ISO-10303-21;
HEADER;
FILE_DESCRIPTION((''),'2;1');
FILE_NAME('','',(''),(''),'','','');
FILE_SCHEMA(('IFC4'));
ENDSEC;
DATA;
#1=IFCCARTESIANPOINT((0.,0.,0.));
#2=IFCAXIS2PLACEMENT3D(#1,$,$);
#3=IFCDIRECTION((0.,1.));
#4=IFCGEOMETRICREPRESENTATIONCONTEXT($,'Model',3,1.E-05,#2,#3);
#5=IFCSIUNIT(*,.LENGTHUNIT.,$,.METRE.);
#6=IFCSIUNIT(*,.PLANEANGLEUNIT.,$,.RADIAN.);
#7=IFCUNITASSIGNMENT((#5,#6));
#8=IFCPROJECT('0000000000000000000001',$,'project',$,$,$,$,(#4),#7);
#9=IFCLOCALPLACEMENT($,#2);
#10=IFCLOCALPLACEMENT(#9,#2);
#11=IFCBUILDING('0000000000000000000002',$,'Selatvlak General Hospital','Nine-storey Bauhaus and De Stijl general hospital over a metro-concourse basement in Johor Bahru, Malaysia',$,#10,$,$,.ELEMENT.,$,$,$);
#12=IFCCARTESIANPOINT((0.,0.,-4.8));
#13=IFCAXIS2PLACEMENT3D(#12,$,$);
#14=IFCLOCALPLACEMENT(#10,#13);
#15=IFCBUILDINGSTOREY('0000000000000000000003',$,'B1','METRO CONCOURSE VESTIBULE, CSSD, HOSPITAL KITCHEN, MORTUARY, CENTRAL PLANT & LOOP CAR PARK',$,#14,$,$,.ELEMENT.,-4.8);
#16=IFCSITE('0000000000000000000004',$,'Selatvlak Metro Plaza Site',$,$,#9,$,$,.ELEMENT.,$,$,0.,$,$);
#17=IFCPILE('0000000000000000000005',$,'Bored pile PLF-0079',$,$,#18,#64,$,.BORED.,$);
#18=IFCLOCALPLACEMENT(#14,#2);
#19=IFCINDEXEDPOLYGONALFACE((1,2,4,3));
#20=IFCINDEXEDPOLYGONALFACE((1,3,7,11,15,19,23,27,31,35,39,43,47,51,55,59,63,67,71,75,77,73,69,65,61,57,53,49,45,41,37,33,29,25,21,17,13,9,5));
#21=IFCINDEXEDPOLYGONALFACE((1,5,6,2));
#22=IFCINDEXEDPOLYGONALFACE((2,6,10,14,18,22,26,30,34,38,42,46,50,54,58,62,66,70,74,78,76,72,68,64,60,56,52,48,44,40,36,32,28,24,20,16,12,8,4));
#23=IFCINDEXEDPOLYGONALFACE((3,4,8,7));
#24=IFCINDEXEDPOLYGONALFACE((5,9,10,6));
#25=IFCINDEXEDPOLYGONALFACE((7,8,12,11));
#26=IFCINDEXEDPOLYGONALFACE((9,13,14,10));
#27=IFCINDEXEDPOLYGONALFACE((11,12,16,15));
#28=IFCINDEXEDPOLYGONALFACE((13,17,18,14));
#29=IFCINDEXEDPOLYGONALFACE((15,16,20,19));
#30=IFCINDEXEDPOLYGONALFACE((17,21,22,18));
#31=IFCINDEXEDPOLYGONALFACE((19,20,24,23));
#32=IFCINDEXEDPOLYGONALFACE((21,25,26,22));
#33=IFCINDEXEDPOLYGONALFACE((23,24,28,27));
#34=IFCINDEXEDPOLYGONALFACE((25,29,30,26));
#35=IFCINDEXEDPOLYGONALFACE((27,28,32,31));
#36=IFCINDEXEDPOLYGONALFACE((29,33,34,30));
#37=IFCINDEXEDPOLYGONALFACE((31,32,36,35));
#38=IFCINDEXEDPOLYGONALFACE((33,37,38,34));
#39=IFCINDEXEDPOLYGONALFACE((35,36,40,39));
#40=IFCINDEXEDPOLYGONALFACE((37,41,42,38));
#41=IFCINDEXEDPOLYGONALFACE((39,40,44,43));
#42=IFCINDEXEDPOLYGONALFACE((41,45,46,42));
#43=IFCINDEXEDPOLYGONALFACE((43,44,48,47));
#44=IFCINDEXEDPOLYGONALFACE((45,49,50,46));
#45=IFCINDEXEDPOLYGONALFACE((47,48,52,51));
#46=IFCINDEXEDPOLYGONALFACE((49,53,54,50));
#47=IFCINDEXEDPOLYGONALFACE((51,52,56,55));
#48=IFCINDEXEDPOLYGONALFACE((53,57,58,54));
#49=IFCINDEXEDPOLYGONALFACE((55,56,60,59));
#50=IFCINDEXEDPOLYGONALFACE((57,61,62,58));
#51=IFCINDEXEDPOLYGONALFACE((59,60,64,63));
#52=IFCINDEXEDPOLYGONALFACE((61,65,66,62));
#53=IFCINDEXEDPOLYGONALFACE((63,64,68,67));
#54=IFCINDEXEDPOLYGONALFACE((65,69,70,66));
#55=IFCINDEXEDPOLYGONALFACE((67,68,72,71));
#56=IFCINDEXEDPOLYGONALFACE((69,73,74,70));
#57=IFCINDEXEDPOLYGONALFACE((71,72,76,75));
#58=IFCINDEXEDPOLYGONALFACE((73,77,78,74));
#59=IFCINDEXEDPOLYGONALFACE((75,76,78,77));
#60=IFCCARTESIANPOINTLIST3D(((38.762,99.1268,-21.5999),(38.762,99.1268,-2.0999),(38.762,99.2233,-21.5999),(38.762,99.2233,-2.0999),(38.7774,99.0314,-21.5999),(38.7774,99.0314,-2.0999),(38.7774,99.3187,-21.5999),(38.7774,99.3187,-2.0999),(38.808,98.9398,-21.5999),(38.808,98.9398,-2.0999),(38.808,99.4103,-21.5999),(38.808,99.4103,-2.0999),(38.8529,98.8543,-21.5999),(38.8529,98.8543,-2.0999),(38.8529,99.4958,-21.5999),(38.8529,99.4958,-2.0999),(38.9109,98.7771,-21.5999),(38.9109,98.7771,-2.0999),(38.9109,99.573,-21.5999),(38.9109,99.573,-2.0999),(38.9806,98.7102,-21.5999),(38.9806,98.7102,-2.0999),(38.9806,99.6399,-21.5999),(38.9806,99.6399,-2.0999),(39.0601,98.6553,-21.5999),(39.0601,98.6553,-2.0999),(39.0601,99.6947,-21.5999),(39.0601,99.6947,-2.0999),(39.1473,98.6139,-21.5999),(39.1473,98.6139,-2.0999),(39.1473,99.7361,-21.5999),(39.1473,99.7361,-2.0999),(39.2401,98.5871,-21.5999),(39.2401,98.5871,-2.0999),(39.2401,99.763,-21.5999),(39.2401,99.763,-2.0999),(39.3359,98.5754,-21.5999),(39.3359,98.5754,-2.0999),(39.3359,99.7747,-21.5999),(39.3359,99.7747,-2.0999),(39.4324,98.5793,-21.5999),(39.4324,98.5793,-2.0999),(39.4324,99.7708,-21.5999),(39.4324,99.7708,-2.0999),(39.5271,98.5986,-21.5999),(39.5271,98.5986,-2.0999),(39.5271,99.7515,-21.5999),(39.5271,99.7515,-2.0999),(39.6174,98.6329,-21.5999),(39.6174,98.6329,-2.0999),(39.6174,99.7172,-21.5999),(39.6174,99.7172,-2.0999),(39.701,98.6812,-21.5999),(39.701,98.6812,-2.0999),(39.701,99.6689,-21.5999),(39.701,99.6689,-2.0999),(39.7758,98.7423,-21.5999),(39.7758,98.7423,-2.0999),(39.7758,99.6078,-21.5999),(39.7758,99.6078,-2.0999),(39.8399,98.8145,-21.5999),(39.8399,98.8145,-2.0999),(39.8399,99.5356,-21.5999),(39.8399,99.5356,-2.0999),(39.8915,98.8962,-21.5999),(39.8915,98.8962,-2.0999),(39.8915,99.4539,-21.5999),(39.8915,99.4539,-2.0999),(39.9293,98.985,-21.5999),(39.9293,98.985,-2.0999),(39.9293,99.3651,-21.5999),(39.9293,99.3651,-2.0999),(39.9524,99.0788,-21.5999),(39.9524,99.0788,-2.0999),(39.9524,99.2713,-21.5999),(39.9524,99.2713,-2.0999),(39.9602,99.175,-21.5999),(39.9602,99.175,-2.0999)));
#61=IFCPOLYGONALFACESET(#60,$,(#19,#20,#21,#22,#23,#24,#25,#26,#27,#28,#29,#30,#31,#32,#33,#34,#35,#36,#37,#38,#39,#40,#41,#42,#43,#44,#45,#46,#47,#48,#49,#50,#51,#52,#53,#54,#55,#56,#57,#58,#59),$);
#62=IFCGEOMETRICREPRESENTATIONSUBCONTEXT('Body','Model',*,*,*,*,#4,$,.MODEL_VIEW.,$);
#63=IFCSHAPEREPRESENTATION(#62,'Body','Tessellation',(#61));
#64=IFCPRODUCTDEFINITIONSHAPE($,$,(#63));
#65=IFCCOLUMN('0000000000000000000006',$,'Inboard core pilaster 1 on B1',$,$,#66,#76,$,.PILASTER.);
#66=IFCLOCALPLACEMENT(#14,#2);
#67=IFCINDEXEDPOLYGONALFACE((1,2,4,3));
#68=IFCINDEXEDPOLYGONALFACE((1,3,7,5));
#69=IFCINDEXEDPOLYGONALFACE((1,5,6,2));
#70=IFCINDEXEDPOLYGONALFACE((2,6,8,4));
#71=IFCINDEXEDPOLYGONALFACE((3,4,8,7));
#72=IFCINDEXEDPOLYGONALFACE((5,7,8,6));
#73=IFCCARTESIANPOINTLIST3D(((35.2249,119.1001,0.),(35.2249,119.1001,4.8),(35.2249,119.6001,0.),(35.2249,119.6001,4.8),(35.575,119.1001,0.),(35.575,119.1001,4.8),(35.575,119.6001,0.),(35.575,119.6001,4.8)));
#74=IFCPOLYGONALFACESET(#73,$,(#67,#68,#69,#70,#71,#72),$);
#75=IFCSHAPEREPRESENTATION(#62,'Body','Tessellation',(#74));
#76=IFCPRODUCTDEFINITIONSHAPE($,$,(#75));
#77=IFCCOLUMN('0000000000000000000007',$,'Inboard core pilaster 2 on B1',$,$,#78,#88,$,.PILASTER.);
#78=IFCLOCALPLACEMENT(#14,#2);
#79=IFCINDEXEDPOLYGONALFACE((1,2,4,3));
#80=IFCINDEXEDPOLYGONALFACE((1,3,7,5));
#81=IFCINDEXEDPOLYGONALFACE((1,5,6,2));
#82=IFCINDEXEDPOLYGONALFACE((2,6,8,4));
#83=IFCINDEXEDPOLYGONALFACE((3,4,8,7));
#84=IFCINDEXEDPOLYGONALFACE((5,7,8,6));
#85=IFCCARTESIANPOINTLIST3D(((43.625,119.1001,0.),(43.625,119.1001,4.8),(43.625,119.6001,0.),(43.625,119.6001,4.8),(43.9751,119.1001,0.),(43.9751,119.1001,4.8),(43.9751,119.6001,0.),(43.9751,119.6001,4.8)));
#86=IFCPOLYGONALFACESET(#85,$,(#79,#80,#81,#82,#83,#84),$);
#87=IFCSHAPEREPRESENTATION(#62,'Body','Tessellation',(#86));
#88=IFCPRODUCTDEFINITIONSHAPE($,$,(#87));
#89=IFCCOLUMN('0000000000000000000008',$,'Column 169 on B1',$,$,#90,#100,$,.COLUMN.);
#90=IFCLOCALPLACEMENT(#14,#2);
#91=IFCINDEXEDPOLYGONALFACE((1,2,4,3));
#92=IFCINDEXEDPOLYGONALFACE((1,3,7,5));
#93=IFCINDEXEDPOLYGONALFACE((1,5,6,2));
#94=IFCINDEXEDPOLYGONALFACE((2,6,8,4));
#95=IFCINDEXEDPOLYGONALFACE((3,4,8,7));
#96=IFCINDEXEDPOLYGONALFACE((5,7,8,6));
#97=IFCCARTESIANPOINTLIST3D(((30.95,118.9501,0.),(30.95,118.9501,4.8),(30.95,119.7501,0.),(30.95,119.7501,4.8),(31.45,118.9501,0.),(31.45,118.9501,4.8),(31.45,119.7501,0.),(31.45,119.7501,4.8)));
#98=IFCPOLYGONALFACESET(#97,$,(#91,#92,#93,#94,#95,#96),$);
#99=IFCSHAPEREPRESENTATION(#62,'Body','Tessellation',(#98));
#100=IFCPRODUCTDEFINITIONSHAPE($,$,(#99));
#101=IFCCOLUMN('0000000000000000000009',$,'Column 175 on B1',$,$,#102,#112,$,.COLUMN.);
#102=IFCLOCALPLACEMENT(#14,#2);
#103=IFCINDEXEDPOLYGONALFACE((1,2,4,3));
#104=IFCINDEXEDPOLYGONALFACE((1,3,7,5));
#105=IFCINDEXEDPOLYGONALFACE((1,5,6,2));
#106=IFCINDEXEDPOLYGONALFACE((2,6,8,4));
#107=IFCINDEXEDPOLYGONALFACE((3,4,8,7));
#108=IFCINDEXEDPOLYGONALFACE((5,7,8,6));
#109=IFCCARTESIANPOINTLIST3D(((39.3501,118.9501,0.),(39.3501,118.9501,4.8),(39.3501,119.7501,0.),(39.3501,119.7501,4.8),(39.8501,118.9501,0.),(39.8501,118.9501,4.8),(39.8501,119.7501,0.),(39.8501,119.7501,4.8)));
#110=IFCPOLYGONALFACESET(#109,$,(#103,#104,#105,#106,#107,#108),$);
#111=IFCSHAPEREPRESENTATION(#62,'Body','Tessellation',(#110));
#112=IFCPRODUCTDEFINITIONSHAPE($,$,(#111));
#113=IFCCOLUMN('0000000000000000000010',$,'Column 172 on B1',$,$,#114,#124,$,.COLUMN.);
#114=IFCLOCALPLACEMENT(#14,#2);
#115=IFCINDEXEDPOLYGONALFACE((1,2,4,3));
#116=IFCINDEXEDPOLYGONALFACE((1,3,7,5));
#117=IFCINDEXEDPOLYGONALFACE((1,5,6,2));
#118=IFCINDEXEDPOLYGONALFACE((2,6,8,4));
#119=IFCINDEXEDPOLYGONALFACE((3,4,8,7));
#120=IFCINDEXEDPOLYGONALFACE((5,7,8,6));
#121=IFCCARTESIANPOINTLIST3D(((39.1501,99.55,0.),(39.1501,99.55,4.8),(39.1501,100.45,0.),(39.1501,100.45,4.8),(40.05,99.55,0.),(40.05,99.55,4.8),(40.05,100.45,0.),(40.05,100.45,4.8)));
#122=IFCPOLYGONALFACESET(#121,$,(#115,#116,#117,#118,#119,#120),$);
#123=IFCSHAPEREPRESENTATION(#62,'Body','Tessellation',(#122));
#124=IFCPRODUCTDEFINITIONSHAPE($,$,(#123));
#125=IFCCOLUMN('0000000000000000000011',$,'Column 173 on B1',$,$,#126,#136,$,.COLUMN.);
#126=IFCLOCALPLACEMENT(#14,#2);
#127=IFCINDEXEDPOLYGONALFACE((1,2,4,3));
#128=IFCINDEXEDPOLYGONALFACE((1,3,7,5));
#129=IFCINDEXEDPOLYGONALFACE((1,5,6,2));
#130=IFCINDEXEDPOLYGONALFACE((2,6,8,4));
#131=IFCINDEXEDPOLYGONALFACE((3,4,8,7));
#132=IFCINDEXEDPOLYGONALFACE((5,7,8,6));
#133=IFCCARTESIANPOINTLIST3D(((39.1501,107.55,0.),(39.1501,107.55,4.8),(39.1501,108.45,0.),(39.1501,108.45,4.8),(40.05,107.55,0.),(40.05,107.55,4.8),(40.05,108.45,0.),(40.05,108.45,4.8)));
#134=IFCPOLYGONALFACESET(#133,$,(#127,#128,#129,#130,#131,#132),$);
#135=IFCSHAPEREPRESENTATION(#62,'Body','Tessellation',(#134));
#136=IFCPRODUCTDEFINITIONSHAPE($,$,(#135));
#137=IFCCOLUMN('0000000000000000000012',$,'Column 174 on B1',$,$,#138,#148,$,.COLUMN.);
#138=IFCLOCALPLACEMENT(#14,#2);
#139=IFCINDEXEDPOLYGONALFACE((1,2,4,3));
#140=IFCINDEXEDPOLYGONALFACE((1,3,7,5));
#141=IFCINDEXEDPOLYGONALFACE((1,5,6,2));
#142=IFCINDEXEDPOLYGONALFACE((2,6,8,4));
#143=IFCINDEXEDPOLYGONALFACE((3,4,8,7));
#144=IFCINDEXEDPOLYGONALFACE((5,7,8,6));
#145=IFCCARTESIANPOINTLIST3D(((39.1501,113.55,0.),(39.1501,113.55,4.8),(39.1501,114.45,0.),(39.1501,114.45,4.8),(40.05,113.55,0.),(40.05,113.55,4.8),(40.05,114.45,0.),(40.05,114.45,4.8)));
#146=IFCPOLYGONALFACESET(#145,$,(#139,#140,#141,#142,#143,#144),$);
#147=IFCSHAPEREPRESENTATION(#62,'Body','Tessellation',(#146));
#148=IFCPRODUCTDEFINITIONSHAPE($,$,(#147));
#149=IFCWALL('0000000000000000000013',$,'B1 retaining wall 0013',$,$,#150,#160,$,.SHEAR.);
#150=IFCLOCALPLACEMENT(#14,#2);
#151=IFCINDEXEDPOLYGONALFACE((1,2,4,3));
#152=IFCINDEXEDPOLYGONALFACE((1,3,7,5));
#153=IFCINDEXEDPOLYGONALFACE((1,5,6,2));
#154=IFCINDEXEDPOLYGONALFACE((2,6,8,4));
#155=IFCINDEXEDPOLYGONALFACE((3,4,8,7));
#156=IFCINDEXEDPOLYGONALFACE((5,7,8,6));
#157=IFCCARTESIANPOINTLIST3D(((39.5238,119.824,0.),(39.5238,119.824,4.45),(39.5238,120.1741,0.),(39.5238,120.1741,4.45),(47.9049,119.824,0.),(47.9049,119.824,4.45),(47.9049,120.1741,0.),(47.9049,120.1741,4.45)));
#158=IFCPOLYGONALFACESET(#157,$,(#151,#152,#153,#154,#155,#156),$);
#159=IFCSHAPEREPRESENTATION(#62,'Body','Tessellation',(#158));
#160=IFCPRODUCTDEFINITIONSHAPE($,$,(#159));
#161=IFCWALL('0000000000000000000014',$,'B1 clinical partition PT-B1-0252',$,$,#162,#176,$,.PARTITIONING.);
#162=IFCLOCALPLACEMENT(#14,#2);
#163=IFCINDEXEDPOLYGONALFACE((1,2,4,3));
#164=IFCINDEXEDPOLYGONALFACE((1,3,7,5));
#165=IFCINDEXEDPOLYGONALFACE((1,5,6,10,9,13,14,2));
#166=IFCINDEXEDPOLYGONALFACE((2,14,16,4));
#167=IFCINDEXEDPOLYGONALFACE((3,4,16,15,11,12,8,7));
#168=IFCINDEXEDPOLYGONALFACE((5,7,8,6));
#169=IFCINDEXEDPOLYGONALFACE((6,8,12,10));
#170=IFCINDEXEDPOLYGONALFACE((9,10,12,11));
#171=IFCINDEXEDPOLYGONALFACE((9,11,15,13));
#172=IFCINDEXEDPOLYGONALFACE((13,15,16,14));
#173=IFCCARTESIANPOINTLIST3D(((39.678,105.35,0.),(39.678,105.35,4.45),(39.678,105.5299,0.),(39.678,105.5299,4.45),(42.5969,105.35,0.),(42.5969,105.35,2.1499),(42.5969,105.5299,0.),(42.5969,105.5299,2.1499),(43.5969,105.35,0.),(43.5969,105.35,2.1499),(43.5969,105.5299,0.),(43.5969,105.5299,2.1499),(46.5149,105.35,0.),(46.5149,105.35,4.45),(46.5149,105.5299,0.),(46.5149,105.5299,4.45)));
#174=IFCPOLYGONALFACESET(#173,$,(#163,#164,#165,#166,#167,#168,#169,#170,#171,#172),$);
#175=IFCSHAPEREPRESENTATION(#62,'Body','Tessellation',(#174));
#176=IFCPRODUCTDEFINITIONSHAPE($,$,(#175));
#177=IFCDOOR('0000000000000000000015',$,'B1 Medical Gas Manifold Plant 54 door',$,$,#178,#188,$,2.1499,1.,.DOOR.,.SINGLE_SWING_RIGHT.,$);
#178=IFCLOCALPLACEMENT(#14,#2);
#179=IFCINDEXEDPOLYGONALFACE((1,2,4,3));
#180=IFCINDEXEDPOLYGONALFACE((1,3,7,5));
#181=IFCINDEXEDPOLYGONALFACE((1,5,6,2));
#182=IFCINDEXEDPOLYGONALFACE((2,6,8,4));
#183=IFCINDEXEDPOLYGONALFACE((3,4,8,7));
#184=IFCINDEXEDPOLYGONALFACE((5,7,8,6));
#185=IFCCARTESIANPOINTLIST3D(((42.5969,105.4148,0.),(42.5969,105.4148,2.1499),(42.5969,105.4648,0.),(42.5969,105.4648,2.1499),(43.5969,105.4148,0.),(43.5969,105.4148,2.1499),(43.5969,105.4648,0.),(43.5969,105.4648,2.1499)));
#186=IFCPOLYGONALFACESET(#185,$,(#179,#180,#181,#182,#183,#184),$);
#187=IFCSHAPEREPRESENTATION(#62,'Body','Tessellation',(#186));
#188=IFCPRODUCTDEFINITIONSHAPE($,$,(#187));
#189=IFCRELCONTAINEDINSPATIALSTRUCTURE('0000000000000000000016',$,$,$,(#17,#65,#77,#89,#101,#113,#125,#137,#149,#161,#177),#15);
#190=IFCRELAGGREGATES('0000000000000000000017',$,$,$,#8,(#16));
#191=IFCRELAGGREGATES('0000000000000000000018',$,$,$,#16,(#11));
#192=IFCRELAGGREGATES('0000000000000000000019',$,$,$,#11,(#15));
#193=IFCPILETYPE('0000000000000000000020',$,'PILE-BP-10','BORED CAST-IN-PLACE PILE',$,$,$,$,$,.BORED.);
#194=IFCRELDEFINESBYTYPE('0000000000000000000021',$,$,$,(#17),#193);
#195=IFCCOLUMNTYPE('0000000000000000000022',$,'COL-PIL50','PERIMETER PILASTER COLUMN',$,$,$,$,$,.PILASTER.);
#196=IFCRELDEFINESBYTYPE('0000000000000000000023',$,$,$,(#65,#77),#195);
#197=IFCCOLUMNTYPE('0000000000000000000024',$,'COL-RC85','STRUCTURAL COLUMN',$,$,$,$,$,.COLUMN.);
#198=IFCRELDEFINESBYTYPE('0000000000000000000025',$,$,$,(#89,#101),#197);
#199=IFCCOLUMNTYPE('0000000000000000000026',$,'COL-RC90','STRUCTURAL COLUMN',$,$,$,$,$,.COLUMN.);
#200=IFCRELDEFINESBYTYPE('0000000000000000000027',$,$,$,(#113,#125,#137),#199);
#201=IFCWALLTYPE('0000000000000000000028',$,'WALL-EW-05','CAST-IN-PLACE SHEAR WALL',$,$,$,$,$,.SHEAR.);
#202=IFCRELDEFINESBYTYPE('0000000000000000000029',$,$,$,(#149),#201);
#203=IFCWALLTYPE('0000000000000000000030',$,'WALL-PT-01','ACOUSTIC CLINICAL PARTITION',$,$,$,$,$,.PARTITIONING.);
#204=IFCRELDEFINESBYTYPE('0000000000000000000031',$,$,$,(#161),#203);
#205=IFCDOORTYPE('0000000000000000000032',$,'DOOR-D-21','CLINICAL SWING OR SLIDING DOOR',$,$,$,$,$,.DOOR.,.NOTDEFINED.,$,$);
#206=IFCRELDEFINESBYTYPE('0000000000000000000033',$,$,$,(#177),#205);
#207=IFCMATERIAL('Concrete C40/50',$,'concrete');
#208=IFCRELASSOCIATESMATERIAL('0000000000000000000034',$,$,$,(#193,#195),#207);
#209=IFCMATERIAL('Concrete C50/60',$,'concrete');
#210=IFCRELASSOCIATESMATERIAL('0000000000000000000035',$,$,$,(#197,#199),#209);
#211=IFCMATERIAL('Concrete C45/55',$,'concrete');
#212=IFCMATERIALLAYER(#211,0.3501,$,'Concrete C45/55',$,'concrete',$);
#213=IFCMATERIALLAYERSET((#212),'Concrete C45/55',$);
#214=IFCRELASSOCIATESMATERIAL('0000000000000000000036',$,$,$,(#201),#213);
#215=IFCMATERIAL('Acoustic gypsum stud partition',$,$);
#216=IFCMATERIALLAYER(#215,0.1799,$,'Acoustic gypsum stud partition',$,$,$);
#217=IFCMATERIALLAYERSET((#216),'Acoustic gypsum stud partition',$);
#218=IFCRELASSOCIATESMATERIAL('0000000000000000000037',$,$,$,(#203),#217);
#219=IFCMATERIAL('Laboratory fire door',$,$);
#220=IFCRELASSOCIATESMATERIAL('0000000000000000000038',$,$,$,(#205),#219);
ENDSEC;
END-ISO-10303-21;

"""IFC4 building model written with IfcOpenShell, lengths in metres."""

from ifc_helpers import new_model, si_unit, direction, frame, frame_2d, origin, origin_2d, place, context, subcontext, project, spatial, rectangle, circle, extrude, material, layer, layer_set, material_profile, profile_set, type_object, element, fill, save


model = new_model("IFC4")

# Units and contexts
model_context = context("Model", 3, precision=1e-05, world=origin(), true_north=direction((0.0, 1.0)))
body_context = subcontext(model_context, "Body", "Model", "MODEL_VIEW")
ifc_project = project(units=[si_unit("LENGTHUNIT", "METRE"), si_unit("PLANEANGLEUNIT", "RADIAN")], contexts=[model_context])

# Site, building, storey
site_placement = place(None, origin())
site = spatial("IfcSite", under=ifc_project, at=site_placement, Name="Selatvlak Metro Plaza Site", CompositionType="ELEMENT", RefElevation=0.0)
building_placement = place(site_placement, origin())
building = spatial("IfcBuilding", under=site, at=building_placement, Name="Selatvlak General Hospital", Description="Nine-storey Bauhaus and De Stijl general hospital over a metro-concourse basement in Johor Bahru, Malaysia", CompositionType="ELEMENT")
storey_placement = place(building_placement, frame((0.0, 0.0, -4.8)))
storey = spatial("IfcBuildingStorey", under=building, at=storey_placement, Name="B1", Description="METRO CONCOURSE VESTIBULE, CSSD, HOSPITAL KITCHEN, MORTUARY, CENTRAL PLANT & LOOP CAR PARK", CompositionType="ELEMENT", Elevation=-4.8)

# Shared definitions
ifc_material_1 = material(Name="Concrete C40/50", Category="concrete")

# Pile
ifc_material_profile_1 = material_profile(ifc_material_1, circle(Radius=0.6001, at=origin_2d()), Name="BORED PILE 1200")
ifc_profile_set_1 = profile_set([ifc_material_profile_1], Name="Concrete C40/50")
pile_type_1 = type_object("IfcPileType", Name="PILE-BP-10", Description="BORED CAST-IN-PLACE PILE", PredefinedType="BORED", material=ifc_profile_set_1)
for number, where, z_axis, x_axis, name in (
    (1, (39.3601, 99.175, -2.0999), (0.0, 0.0, -1.0), (1.0, 0.0, 0.0), "Bored pile PLF-0079"),
):
    element("IfcPile", number, at=place(storey_placement, frame(where, z_axis=z_axis, x_axis=x_axis)), inside=storey, type_object=pile_type_1, Name=name, PredefinedType="BORED", context=body_context, shape_type="SweptSolid", body=[
        extrude(circle(Radius=0.6001, at=origin_2d()), origin(), (0.0, 0.0, 1.0), 19.5),
    ])

# Columns
ifc_material_profile_2 = material_profile(ifc_material_1, rectangle(XDim=0.3501, YDim=0.5, at=origin_2d()), Name="RC-PIL 500x350")
ifc_profile_set_2 = profile_set([ifc_material_profile_2], Name="Concrete C40/50")
column_type_1 = type_object("IfcColumnType", Name="COL-PIL50", Description="PERIMETER PILASTER COLUMN", PredefinedType="PILASTER", material=ifc_profile_set_2)
for number, where, z_axis, x_axis, name in (
    (2, (35.3999, 119.3501, 0.0), (0.0, 0.0, 1.0), (1.0, 0.0, 0.0), "Inboard core pilaster 1 on B1"),
    (3, (43.8, 119.3501, 0.0), (0.0, 0.0, 1.0), (1.0, 0.0, 0.0), "Inboard core pilaster 2 on B1"),
):
    element("IfcColumn", number, at=place(storey_placement, frame(where, z_axis=z_axis, x_axis=x_axis)), inside=storey, type_object=column_type_1, Name=name, PredefinedType="PILASTER", context=body_context, shape_type="SweptSolid", body=[
        extrude(rectangle(XDim=0.3501, YDim=0.5, at=origin_2d()), origin(), (0.0, 0.0, 1.0), 4.8),
    ])
ifc_material_2 = material(Name="Concrete C50/60", Category="concrete")
ifc_material_profile_3 = material_profile(ifc_material_2, rectangle(XDim=0.5, YDim=0.8, at=origin_2d()), Name="RC-COL 800x500")
ifc_profile_set_3 = profile_set([ifc_material_profile_3], Name="Concrete C50/60")
column_type_2 = type_object("IfcColumnType", Name="COL-RC85", Description="STRUCTURAL COLUMN", PredefinedType="COLUMN", material=ifc_profile_set_3)
for number, where, z_axis, x_axis, name in (
    (4, (31.2, 119.3501, 0.0), (0.0, 0.0, 1.0), (1.0, 0.0, 0.0), "Column 169 on B1"),
    (5, (39.6001, 119.3501, 0.0), (0.0, 0.0, 1.0), (1.0, 0.0, 0.0), "Column 175 on B1"),
):
    element("IfcColumn", number, at=place(storey_placement, frame(where, z_axis=z_axis, x_axis=x_axis)), inside=storey, type_object=column_type_2, Name=name, PredefinedType="COLUMN", context=body_context, shape_type="SweptSolid", body=[
        extrude(rectangle(XDim=0.5, YDim=0.8, at=origin_2d()), origin(), (0.0, 0.0, 1.0), 4.8),
    ])
ifc_material_profile_4 = material_profile(ifc_material_2, rectangle(XDim=0.8999, YDim=0.8999, at=origin_2d()), Name="RC-COL 900x900")
ifc_profile_set_4 = profile_set([ifc_material_profile_4], Name="Concrete C50/60")
column_type_3 = type_object("IfcColumnType", Name="COL-RC90", Description="STRUCTURAL COLUMN", PredefinedType="COLUMN", material=ifc_profile_set_4)
for number, where, z_axis, x_axis, name in (
    (6, (39.6001, 100.0, 0.0), (0.0, 0.0, 1.0), (1.0, 0.0, 0.0), "Column 172 on B1"),
    (7, (39.6001, 108.0, 0.0), (0.0, 0.0, 1.0), (1.0, 0.0, 0.0), "Column 173 on B1"),
    (8, (39.6001, 114.0, 0.0), (0.0, 0.0, 1.0), (1.0, 0.0, 0.0), "Column 174 on B1"),
):
    element("IfcColumn", number, at=place(storey_placement, frame(where, z_axis=z_axis, x_axis=x_axis)), inside=storey, type_object=column_type_3, Name=name, PredefinedType="COLUMN", context=body_context, shape_type="SweptSolid", body=[
        extrude(rectangle(XDim=0.8999, YDim=0.8999, at=origin_2d()), origin(), (0.0, 0.0, 1.0), 4.8),
    ])

# Wall
ifc_material_3 = material(Name="Concrete C45/55", Category="concrete")
ifc_layer_1 = layer(ifc_material_3, 0.3501, Name="Concrete C45/55", Category="concrete")
ifc_layer_set_1 = layer_set([ifc_layer_1], Name="Concrete C45/55")
wall_type_1 = type_object("IfcWallType", Name="WALL-EW-05", Description="CAST-IN-PLACE SHEAR WALL", PredefinedType="SHEAR", material=ifc_layer_set_1)
wall_1_placement = place(storey_placement, frame((39.5239, 119.999, 0.0), z_axis=(0.0, 0.0, 1.0), x_axis=(1.0, 0.0, 0.0)))
element("IfcWall", 9, at=wall_1_placement, inside=storey, type_object=wall_type_1, Name="B1 retaining wall 0013", PredefinedType="SHEAR", context=body_context, shape_type="SweptSolid", body=[
    extrude(rectangle(XDim=8.3811, YDim=0.3501, at=frame_2d((4.1904, 0.0))), origin(), (0.0, 0.0, 1.0), 4.45),
])

# Wall, opening, door
ifc_material_4 = material(Name="Acoustic gypsum stud partition")
ifc_layer_2 = layer(ifc_material_4, 0.1799, Name="Acoustic gypsum stud partition")
ifc_layer_set_2 = layer_set([ifc_layer_2], Name="Acoustic gypsum stud partition")
wall_type_2 = type_object("IfcWallType", Name="WALL-PT-01", Description="ACOUSTIC CLINICAL PARTITION", PredefinedType="PARTITIONING", material=ifc_layer_set_2)
wall_2_placement = place(storey_placement, frame((39.678, 105.4399, 0.0), z_axis=(0.0, 0.0, 1.0), x_axis=(1.0, 0.0, 0.0)))
wall_2 = element("IfcWall", 10, at=wall_2_placement, inside=storey, type_object=wall_type_2, Name="B1 clinical partition PT-B1-0252", PredefinedType="PARTITIONING", context=body_context, shape_type="SweptSolid", body=[
    extrude(rectangle(XDim=6.8369, YDim=0.1799, at=frame_2d((3.4185, 0.0))), origin(), (0.0, 0.0, 1.0), 4.45),
])
opening_1_placement = place(wall_2_placement, frame((2.9189, 0.0, 0.0)))
opening_1 = element("IfcOpeningElement", 11, at=opening_1_placement, cuts=wall_2, PredefinedType="OPENING", context=body_context, shape_type="SweptSolid", body=[
    extrude(rectangle(XDim=1.0, YDim=2.1499, at=frame_2d((0.5, 1.075))), frame((0.0, 0.0999, 0.0), z_axis=(0.0, -1.0, 0.0), x_axis=(1.0, 0.0, 0.0)), (0.0, 0.0, 1.0), 0.2),
])
ifc_material_5 = material(Name="Laboratory fire door")
door_type_1 = type_object("IfcDoorType", Name="DOOR-D-21", Description="CLINICAL SWING OR SLIDING DOOR", OperationType="NOTDEFINED", PredefinedType="DOOR", material=ifc_material_5)
door_1_placement = place(opening_1_placement, origin())
door_1 = element("IfcDoor", 12, at=door_1_placement, inside=storey, type_object=door_type_1, Name="B1 Medical Gas Manifold Plant 54 door", OperationType="SINGLE_SWING_RIGHT", OverallHeight=2.1499, OverallWidth=1.0, PredefinedType="DOOR", context=body_context, shape_type="SweptSolid", body=[
    extrude(rectangle(XDim=1.0, YDim=2.1499, at=frame_2d((0.5, 1.075))), frame((0.0, 0.0249, 0.0), z_axis=(0.0, -1.0, 0.0), x_axis=(1.0, 0.0, 0.0)), (0.0, 0.0, 1.0), 0.05),
])
fill(opening_1, door_1)

save(model, "model.ifc")
